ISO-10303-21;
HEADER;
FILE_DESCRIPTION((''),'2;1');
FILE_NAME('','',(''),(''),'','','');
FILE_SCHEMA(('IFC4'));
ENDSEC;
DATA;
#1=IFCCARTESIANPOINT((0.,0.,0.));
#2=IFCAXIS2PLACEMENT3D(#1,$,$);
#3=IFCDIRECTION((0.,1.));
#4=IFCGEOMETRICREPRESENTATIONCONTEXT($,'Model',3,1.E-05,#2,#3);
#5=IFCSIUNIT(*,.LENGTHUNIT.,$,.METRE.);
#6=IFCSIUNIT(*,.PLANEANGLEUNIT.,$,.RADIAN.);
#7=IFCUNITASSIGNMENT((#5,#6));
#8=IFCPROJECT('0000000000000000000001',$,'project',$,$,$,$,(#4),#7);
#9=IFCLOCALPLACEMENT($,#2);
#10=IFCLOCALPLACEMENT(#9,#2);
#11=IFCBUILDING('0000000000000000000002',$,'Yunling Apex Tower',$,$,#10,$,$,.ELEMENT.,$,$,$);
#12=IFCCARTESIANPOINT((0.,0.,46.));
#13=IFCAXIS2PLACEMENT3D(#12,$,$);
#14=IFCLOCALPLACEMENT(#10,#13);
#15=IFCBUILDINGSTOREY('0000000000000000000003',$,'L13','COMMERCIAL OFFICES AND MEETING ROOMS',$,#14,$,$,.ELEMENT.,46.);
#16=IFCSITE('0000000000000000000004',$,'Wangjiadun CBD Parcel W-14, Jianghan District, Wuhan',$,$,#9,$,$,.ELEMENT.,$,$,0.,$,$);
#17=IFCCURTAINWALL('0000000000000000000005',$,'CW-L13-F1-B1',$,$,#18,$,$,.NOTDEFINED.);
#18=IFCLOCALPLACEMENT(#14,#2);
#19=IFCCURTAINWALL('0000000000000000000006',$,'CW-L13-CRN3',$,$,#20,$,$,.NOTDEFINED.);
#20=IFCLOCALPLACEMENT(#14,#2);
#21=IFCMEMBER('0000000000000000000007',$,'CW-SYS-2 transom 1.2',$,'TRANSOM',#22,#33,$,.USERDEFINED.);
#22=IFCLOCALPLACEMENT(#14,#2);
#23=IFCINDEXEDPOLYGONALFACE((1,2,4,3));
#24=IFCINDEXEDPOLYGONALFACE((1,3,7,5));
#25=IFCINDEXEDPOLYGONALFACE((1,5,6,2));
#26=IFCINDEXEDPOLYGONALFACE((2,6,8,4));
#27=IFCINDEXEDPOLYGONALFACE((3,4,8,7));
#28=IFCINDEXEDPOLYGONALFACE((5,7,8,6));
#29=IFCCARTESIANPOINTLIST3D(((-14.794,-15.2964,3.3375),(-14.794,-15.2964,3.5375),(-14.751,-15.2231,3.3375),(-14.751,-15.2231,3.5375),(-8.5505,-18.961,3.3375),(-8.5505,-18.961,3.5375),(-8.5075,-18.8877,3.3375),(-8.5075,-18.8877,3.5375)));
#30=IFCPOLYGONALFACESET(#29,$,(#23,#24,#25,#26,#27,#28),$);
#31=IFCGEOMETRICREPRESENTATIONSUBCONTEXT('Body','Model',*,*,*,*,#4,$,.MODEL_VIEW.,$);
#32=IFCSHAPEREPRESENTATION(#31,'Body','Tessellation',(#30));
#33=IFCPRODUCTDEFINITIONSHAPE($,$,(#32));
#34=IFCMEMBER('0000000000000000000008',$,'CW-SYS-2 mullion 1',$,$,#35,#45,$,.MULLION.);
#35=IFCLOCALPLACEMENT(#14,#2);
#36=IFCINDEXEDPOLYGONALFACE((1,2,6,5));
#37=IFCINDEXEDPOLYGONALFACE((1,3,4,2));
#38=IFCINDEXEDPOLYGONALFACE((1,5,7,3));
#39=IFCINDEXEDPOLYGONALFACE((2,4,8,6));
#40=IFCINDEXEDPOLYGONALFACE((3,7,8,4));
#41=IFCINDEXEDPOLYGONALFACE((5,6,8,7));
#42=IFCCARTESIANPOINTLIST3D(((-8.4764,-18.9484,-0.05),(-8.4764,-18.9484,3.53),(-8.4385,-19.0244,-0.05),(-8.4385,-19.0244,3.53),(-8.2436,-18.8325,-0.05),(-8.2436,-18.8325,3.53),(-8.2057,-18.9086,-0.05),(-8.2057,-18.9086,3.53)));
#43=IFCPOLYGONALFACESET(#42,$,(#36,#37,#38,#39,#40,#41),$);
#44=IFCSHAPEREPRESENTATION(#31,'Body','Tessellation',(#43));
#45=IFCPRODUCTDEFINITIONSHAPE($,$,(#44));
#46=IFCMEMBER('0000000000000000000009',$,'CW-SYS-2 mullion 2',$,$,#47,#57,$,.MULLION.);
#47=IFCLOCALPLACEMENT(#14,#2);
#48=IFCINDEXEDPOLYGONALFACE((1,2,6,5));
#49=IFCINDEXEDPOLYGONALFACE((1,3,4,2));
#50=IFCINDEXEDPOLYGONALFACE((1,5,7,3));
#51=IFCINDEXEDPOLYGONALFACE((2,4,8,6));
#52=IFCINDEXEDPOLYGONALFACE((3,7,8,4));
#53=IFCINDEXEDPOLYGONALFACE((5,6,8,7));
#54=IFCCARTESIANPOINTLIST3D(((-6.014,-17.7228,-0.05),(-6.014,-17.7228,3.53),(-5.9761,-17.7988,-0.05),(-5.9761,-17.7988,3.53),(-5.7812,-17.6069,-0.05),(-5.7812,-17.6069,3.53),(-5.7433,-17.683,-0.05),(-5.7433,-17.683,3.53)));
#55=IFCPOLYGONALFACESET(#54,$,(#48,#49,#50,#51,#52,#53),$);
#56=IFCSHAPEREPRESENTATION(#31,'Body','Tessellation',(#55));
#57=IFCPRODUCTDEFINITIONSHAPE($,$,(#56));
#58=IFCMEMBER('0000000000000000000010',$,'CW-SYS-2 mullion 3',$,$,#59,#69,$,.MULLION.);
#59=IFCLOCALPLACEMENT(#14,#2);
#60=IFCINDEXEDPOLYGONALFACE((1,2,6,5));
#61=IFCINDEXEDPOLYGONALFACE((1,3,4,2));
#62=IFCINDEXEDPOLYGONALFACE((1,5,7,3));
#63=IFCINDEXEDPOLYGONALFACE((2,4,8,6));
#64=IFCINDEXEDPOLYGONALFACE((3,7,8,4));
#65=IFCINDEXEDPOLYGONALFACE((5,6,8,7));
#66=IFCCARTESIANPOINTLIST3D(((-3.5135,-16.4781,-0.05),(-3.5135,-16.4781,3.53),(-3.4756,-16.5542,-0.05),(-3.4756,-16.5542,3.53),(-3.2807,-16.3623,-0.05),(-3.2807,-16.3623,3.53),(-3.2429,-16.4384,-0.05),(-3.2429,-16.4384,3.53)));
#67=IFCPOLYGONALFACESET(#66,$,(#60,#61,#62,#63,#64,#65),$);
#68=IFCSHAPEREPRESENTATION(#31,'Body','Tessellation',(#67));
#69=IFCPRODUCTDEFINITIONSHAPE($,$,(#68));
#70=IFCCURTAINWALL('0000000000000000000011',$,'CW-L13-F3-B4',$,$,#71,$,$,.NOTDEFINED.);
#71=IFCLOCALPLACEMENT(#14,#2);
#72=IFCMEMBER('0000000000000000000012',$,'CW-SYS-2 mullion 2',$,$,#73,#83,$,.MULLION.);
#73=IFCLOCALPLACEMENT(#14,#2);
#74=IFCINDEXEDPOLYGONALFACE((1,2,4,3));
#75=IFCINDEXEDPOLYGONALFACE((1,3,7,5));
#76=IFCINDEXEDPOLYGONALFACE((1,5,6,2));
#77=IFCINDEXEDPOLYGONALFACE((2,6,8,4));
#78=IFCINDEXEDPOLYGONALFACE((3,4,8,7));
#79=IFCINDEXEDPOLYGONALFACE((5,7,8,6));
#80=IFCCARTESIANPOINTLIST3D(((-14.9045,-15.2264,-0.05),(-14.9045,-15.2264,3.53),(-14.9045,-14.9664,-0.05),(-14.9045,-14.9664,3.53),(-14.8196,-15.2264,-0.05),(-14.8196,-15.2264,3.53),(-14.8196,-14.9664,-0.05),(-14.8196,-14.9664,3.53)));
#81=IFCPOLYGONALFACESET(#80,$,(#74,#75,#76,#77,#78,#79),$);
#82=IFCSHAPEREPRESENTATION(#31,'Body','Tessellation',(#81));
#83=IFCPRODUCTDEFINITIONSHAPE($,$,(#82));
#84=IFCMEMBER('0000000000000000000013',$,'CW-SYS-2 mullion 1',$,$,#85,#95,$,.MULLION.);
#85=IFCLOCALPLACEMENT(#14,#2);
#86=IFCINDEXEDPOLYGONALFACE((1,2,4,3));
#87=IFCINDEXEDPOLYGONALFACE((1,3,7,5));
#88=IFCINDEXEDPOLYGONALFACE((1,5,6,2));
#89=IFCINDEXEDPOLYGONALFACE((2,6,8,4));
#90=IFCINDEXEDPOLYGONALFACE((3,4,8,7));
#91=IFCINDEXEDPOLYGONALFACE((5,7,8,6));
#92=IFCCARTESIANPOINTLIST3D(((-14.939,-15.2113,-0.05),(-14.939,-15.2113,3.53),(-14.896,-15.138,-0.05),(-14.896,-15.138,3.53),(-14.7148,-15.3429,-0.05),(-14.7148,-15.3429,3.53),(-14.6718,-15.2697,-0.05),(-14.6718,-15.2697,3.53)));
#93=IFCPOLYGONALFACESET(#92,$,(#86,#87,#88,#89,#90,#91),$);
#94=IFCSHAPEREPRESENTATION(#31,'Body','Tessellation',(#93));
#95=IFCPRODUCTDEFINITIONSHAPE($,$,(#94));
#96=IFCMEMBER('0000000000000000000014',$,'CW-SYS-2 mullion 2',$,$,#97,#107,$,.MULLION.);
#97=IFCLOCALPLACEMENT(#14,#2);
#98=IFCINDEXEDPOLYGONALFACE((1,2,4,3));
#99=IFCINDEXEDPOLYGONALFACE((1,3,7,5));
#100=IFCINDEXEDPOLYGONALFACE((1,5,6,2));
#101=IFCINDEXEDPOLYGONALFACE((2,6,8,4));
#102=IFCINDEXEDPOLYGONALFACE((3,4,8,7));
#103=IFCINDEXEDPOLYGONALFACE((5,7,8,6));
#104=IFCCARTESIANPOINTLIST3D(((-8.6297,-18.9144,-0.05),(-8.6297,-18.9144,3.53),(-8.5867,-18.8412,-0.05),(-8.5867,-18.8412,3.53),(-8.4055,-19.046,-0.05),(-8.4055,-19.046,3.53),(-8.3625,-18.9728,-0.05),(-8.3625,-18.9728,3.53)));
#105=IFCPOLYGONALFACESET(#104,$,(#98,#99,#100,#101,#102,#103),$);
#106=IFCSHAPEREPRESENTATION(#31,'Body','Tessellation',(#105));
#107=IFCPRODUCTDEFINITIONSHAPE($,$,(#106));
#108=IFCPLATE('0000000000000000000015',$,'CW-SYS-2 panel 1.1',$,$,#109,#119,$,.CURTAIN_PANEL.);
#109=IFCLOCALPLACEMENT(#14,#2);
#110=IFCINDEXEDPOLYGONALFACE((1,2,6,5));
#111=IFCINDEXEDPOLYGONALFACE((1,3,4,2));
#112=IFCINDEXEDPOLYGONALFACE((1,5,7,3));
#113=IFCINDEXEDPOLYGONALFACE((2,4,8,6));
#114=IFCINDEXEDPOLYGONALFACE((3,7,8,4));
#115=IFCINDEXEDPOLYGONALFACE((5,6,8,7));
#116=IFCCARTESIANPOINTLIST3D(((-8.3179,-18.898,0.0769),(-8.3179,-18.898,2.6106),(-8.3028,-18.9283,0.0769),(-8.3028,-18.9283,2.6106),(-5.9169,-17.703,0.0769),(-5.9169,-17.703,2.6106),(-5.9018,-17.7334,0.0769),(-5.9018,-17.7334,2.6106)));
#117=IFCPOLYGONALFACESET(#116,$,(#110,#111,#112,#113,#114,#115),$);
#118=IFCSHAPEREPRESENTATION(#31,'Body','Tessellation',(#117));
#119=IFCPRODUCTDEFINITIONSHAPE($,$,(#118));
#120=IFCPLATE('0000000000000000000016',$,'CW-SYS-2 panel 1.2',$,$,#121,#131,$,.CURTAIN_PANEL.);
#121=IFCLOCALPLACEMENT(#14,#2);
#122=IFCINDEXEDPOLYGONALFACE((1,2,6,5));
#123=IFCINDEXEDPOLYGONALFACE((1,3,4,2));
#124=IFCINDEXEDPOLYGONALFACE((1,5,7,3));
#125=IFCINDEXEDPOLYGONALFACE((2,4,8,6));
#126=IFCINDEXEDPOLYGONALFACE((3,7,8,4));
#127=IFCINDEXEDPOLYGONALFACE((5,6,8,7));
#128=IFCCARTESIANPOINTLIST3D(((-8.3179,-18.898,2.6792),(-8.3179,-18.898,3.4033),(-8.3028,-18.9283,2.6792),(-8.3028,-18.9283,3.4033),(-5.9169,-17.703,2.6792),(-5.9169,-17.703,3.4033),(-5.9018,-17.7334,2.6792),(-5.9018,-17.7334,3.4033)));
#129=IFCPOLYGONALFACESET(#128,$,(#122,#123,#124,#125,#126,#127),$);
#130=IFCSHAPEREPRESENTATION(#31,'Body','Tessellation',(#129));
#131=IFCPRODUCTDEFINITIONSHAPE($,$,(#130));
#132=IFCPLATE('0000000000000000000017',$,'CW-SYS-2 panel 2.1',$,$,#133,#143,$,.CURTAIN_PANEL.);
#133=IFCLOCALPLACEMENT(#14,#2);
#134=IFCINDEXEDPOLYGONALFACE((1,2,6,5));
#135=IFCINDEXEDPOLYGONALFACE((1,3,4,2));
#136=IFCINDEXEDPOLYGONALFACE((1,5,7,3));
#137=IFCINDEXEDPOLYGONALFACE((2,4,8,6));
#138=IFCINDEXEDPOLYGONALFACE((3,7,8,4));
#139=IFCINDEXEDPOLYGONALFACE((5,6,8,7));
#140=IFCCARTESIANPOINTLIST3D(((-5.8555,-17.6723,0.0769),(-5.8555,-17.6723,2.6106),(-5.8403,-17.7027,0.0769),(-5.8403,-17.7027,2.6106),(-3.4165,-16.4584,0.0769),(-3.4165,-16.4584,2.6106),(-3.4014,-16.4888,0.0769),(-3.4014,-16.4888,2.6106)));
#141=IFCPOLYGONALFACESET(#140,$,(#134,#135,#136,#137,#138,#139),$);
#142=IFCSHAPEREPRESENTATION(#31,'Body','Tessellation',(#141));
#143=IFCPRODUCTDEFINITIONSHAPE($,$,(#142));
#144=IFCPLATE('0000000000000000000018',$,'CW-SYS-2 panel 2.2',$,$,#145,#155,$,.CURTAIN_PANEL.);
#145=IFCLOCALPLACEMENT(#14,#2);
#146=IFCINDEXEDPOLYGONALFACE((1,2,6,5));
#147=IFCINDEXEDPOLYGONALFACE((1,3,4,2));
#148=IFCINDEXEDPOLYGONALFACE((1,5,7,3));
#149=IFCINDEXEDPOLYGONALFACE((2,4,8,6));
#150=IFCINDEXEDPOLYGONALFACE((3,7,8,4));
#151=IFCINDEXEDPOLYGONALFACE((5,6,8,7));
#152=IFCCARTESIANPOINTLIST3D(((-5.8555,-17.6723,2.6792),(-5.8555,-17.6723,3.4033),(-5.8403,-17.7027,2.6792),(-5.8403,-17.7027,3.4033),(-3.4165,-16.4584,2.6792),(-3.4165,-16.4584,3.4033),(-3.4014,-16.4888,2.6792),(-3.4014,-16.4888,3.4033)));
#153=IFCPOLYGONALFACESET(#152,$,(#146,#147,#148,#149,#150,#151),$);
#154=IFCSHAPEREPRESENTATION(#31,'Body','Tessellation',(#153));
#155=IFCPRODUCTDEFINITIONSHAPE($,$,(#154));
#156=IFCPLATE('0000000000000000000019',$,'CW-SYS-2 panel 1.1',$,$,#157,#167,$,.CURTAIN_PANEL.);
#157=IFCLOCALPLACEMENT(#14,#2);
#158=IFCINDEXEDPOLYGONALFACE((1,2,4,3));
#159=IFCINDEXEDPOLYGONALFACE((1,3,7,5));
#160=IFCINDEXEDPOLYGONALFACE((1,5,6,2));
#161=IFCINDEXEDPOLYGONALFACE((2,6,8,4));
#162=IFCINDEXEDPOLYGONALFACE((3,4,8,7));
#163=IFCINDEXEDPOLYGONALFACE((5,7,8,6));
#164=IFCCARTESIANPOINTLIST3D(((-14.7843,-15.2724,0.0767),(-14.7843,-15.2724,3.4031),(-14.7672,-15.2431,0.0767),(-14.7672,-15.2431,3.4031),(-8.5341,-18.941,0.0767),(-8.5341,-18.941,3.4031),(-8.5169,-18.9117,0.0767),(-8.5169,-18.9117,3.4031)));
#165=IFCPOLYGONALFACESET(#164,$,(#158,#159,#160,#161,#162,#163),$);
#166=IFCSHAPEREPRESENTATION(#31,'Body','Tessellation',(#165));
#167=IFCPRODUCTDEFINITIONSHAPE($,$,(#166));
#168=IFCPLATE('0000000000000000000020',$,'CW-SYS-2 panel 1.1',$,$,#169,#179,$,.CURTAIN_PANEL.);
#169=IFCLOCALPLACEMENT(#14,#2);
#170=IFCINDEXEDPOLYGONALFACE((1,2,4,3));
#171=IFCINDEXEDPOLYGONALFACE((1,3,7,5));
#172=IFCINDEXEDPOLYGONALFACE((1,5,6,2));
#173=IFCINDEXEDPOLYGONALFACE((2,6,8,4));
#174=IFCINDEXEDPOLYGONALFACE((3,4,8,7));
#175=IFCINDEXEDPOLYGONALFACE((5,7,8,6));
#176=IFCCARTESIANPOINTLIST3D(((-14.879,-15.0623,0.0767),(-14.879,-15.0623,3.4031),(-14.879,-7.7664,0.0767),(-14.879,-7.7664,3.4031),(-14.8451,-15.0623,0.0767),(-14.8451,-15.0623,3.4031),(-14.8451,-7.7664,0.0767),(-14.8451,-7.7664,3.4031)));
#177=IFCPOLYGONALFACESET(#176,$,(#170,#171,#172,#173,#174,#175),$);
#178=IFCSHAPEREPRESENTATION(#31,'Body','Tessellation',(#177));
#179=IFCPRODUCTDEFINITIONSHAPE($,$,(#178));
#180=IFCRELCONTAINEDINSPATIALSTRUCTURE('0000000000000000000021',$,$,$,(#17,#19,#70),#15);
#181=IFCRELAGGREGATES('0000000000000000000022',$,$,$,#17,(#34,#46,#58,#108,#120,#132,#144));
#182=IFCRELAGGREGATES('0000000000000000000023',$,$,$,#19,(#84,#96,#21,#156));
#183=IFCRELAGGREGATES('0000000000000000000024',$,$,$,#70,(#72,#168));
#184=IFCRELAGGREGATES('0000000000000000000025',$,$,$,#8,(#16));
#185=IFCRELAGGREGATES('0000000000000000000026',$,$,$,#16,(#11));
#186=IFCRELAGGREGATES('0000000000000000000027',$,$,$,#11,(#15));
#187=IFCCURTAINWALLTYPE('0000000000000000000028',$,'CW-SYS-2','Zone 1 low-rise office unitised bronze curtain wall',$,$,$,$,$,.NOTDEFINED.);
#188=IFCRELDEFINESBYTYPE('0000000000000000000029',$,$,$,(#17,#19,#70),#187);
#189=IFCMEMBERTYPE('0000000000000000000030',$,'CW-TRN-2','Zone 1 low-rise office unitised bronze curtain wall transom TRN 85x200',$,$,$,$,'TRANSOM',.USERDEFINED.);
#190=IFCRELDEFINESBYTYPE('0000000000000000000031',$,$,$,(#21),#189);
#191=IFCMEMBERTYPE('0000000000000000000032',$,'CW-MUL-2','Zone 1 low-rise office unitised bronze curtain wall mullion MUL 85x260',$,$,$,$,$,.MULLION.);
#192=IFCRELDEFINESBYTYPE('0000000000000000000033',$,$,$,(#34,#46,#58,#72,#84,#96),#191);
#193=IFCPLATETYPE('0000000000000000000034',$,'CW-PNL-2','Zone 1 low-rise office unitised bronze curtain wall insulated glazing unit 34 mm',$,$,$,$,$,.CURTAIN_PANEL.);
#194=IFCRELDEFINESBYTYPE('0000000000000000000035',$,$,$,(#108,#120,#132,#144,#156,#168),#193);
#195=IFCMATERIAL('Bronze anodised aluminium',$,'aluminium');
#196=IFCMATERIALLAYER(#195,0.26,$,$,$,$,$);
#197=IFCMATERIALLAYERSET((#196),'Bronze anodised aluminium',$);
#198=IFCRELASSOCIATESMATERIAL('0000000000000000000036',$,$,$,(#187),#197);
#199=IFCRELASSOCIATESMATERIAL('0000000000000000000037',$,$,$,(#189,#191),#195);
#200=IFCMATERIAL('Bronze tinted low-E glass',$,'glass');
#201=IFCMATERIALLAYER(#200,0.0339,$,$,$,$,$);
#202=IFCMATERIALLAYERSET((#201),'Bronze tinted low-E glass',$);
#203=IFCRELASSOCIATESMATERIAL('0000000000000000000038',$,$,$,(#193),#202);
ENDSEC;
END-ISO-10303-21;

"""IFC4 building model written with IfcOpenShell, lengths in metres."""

from ifc_helpers import new_model, si_unit, direction, frame, origin, origin_2d, place, context, subcontext, project, spatial, rectangle, extrude, source, transform, mapped, material, layer, layer_set, material_profile, profile_set, type_object, element, aggregate, save


model = new_model("IFC4")

# Units and contexts
model_context = context("Model", 3, precision=1e-05, world=origin(), true_north=direction((0.0, 1.0)))
body_context = subcontext(model_context, "Body", "Model", "MODEL_VIEW")
ifc_project = project(units=[si_unit("LENGTHUNIT", "METRE"), si_unit("PLANEANGLEUNIT", "RADIAN")], contexts=[model_context])

# Site, building, storey
site_placement = place(None, origin())
site = spatial("IfcSite", under=ifc_project, at=site_placement, Name="Wangjiadun CBD Parcel W-14, Jianghan District, Wuhan", CompositionType="ELEMENT", RefElevation=0.0)
building_placement = place(site_placement, origin())
building = spatial("IfcBuilding", under=site, at=building_placement, Name="Yunling Apex Tower", CompositionType="ELEMENT")
storey_placement = place(building_placement, frame((0.0, 0.0, 46.0)))
storey = spatial("IfcBuildingStorey", under=building, at=storey_placement, Name="L13", Description="COMMERCIAL OFFICES AND MEETING ROOMS", CompositionType="ELEMENT", Elevation=46.0)

# Curtain walls, member
ifc_material_1 = material(Name="Bronze anodised aluminium", Category="aluminium")
ifc_layer_1 = layer(ifc_material_1, 0.26)
ifc_layer_set_1 = layer_set([ifc_layer_1], Name="Bronze anodised aluminium")
curtain_wall_type = type_object("IfcCurtainWallType", Name="CW-SYS-2", Description="Zone 1 low-rise office unitised bronze curtain wall", PredefinedType="NOTDEFINED", material=ifc_layer_set_1)
curtain_wall_1_placement = place(storey_placement, origin())
curtain_wall_1 = element("IfcCurtainWall", 1, at=curtain_wall_1_placement, inside=storey, type_object=curtain_wall_type, Name="CW-L13-F1-B1", PredefinedType="NOTDEFINED")
ifc_material_profile_1 = material_profile(ifc_material_1, rectangle(XDim=0.085, YDim=0.2, at=origin_2d()))
ifc_profile_set_1 = profile_set([ifc_material_profile_1], Name="Bronze anodised aluminium")
member_type_1 = type_object("IfcMemberType", Name="CW-TRN-2", Description="Zone 1 low-rise office unitised bronze curtain wall transom TRN 85x200", ElementType="TRANSOM", PredefinedType="USERDEFINED", material=ifc_profile_set_1)
curtain_wall_2_placement = place(storey_placement, origin())
curtain_wall_2 = element("IfcCurtainWall", 2, at=curtain_wall_2_placement, inside=storey, type_object=curtain_wall_type, Name="CW-L13-CRN3", PredefinedType="NOTDEFINED")
shared_shape_1 = source(origin(), body_context, "Body", "SweptSolid", [
    extrude(rectangle(XDim=0.085, YDim=0.2, at=origin_2d()), origin(), (0.0, 0.0, 1.0), 7.2395),
])
member_1_placement = place(storey_placement, frame((-14.7725, -15.2598, 3.4375), z_axis=(0.862419, -0.506195, 0.0), x_axis=(0.506195, 0.862419, 0.0)))
member_1 = element("IfcMember", 3, at=member_1_placement, type_object=member_type_1, Name="CW-SYS-2 transom 1.2", ObjectType="TRANSOM", PredefinedType="USERDEFINED", context=body_context, shape_type="MappedRepresentation", body=[
    mapped(shared_shape_1, transform((0.0, 0.0, 0.0), scale=1.0)),
])

# Members
ifc_material_profile_2 = material_profile(ifc_material_1, rectangle(XDim=0.085, YDim=0.26, at=origin_2d()))
ifc_profile_set_2 = profile_set([ifc_material_profile_2], Name="Bronze anodised aluminium")
member_type_2 = type_object("IfcMemberType", Name="CW-MUL-2", Description="Zone 1 low-rise office unitised bronze curtain wall mullion MUL 85x260", PredefinedType="MULLION", material=ifc_profile_set_2)
shared_shape_2 = source(origin(), body_context, "Body", "SweptSolid", [
    extrude(rectangle(XDim=0.085, YDim=0.26, at=origin_2d()), origin(), (0.0, 0.0, 1.0), 3.5801),
])
member_2_placement = place(storey_placement, frame((-8.3411, -18.9285, -0.05), z_axis=(0.0, 0.0, 1.0), x_axis=(-0.445571, 0.895247, 0.0)))
member_2 = element("IfcMember", 4, at=member_2_placement, type_object=member_type_2, Name="CW-SYS-2 mullion 1", PredefinedType="MULLION", context=body_context, shape_type="MappedRepresentation", body=[
    mapped(shared_shape_2, transform((0.0, 0.0, 0.0), scale=1.0)),
])
member_3_placement = place(storey_placement, frame((-5.8787, -17.7029, -0.05), z_axis=(0.0, 0.0, 1.0), x_axis=(-0.445571, 0.895247, 0.0)))
member_3 = element("IfcMember", 5, at=member_3_placement, type_object=member_type_2, Name="CW-SYS-2 mullion 2", PredefinedType="MULLION", context=body_context, shape_type="MappedRepresentation", body=[
    mapped(shared_shape_2, transform((0.0, 0.0, 0.0), scale=1.0)),
])
member_4_placement = place(storey_placement, frame((-3.3782, -16.4583, -0.05), z_axis=(0.0, 0.0, 1.0), x_axis=(-0.445571, 0.895247, 0.0)))
member_4 = element("IfcMember", 6, at=member_4_placement, type_object=member_type_2, Name="CW-SYS-2 mullion 3", PredefinedType="MULLION", context=body_context, shape_type="MappedRepresentation", body=[
    mapped(shared_shape_2, transform((0.0, 0.0, 0.0), scale=1.0)),
])

# Curtain wall, member
curtain_wall_3_placement = place(storey_placement, origin())
curtain_wall_3 = element("IfcCurtainWall", 7, at=curtain_wall_3_placement, inside=storey, type_object=curtain_wall_type, Name="CW-L13-F3-B4", PredefinedType="NOTDEFINED")
member_5_placement = place(storey_placement, frame((-14.8621, -15.0964, -0.05), z_axis=(0.0, 0.0, 1.0), x_axis=(1.0, 0.0, 0.0)))
member_5 = element("IfcMember", 8, at=member_5_placement, type_object=member_type_2, Name="CW-SYS-2 mullion 2", PredefinedType="MULLION", context=body_context, shape_type="MappedRepresentation", body=[
    mapped(shared_shape_2, transform((0.0, 0.0, 0.0), scale=1.0)),
])

# Members
member_6_placement = place(storey_placement, frame((-14.8054, -15.2405, -0.05), z_axis=(0.0, 0.0, 1.0), x_axis=(0.506196, 0.862419, 0.0)))
member_6 = element("IfcMember", 9, at=member_6_placement, type_object=member_type_2, Name="CW-SYS-2 mullion 1", PredefinedType="MULLION", context=body_context, shape_type="MappedRepresentation", body=[
    mapped(shared_shape_2, transform((0.0, 0.0, 0.0), scale=1.0)),
])
member_7_placement = place(storey_placement, frame((-8.4961, -18.9436, -0.05), z_axis=(0.0, 0.0, 1.0), x_axis=(0.506196, 0.862419, 0.0)))
member_7 = element("IfcMember", 10, at=member_7_placement, type_object=member_type_2, Name="CW-SYS-2 mullion 2", PredefinedType="MULLION", context=body_context, shape_type="MappedRepresentation", body=[
    mapped(shared_shape_2, transform((0.0, 0.0, 0.0), scale=1.0)),
])

# Plates
ifc_material_2 = material(Name="Bronze tinted low-E glass", Category="glass")
ifc_layer_2 = layer(ifc_material_2, 0.0339)
ifc_layer_set_2 = layer_set([ifc_layer_2], Name="Bronze tinted low-E glass")
plate_type = type_object("IfcPlateType", Name="CW-PNL-2", Description="Zone 1 low-rise office unitised bronze curtain wall insulated glazing unit 34 mm", PredefinedType="CURTAIN_PANEL", material=ifc_layer_set_2)
shared_shape_3 = source(origin(), body_context, "Body", "SweptSolid", [
    extrude(rectangle(XDim=2.6819, YDim=0.0339, at=origin_2d()), origin(), (0.0, 0.0, 1.0), 2.5337),
])
plate_1_placement = place(storey_placement, frame((-7.1099, -18.3157, 0.0769), z_axis=(0.0, 0.0, 1.0), x_axis=(0.895247, 0.445571, 0.0)))
plate_1 = element("IfcPlate", 11, at=plate_1_placement, type_object=plate_type, Name="CW-SYS-2 panel 1.1", PredefinedType="CURTAIN_PANEL", context=body_context, shape_type="MappedRepresentation", body=[
    mapped(shared_shape_3, transform((0.0, 0.0, 0.0), scale=1.0)),
])
shared_shape_4 = source(origin(), body_context, "Body", "SweptSolid", [
    extrude(rectangle(XDim=2.6819, YDim=0.0339, at=origin_2d()), origin(), (0.0, 0.0, 1.0), 0.7241),
])
plate_2_placement = place(storey_placement, frame((-7.1099, -18.3157, 2.6792), z_axis=(0.0, 0.0, 1.0), x_axis=(0.895247, 0.445571, 0.0)))
plate_2 = element("IfcPlate", 12, at=plate_2_placement, type_object=plate_type, Name="CW-SYS-2 panel 1.2", PredefinedType="CURTAIN_PANEL", context=body_context, shape_type="MappedRepresentation", body=[
    mapped(shared_shape_4, transform((0.0, 0.0, 0.0), scale=1.0)),
])
shared_shape_5 = source(origin(), body_context, "Body", "SweptSolid", [
    extrude(rectangle(XDim=2.7244, YDim=0.0339, at=origin_2d()), origin(), (0.0, 0.0, 1.0), 2.5337),
])
plate_3_placement = place(storey_placement, frame((-4.6284, -17.0806, 0.0769), z_axis=(0.0, 0.0, 1.0), x_axis=(0.895247, 0.445571, 0.0)))
plate_3 = element("IfcPlate", 13, at=plate_3_placement, type_object=plate_type, Name="CW-SYS-2 panel 2.1", PredefinedType="CURTAIN_PANEL", context=body_context, shape_type="MappedRepresentation", body=[
    mapped(shared_shape_5, transform((0.0, 0.0, 0.0), scale=1.0)),
])
shared_shape_6 = source(origin(), body_context, "Body", "SweptSolid", [
    extrude(rectangle(XDim=2.7244, YDim=0.0339, at=origin_2d()), origin(), (0.0, 0.0, 1.0), 0.7241),
])
plate_4_placement = place(storey_placement, frame((-4.6284, -17.0806, 2.6792), z_axis=(0.0, 0.0, 1.0), x_axis=(0.895247, 0.445571, 0.0)))
plate_4 = element("IfcPlate", 14, at=plate_4_placement, type_object=plate_type, Name="CW-SYS-2 panel 2.2", PredefinedType="CURTAIN_PANEL", context=body_context, shape_type="MappedRepresentation", body=[
    mapped(shared_shape_6, transform((0.0, 0.0, 0.0), scale=1.0)),
])
aggregate(curtain_wall_1, [member_2, member_3, member_4, plate_1, plate_2, plate_3, plate_4])
shared_shape_7 = source(origin(), body_context, "Body", "SweptSolid", [
    extrude(rectangle(XDim=7.2473, YDim=0.0339, at=origin_2d()), origin(), (0.0, 0.0, 1.0), 3.3264),
])
plate_5_placement = place(storey_placement, frame((-11.6506, -17.092, 0.0767), z_axis=(0.0, 0.0, 1.0), x_axis=(0.862419, -0.506196, 0.0)))
plate_5 = element("IfcPlate", 15, at=plate_5_placement, type_object=plate_type, Name="CW-SYS-2 panel 1.1", PredefinedType="CURTAIN_PANEL", context=body_context, shape_type="MappedRepresentation", body=[
    mapped(shared_shape_7, transform((0.0, 0.0, 0.0), scale=1.0)),
])
aggregate(curtain_wall_2, [member_6, member_7, member_1, plate_5])
shared_shape_8 = source(origin(), body_context, "Body", "SweptSolid", [
    extrude(rectangle(XDim=7.2959, YDim=0.0339, at=origin_2d()), origin(), (0.0, 0.0, 1.0), 3.3264),
])
plate_6_placement = place(storey_placement, frame((-14.8621, -11.4143, 0.0767), z_axis=(0.0, 0.0, 1.0), x_axis=(0.0, -1.0, 0.0)))
plate_6 = element("IfcPlate", 16, at=plate_6_placement, type_object=plate_type, Name="CW-SYS-2 panel 1.1", PredefinedType="CURTAIN_PANEL", context=body_context, shape_type="MappedRepresentation", body=[
    mapped(shared_shape_8, transform((0.0, 0.0, 0.0), scale=1.0)),
])
aggregate(curtain_wall_3, [member_5, plate_6])

save(model, "model.ifc")
